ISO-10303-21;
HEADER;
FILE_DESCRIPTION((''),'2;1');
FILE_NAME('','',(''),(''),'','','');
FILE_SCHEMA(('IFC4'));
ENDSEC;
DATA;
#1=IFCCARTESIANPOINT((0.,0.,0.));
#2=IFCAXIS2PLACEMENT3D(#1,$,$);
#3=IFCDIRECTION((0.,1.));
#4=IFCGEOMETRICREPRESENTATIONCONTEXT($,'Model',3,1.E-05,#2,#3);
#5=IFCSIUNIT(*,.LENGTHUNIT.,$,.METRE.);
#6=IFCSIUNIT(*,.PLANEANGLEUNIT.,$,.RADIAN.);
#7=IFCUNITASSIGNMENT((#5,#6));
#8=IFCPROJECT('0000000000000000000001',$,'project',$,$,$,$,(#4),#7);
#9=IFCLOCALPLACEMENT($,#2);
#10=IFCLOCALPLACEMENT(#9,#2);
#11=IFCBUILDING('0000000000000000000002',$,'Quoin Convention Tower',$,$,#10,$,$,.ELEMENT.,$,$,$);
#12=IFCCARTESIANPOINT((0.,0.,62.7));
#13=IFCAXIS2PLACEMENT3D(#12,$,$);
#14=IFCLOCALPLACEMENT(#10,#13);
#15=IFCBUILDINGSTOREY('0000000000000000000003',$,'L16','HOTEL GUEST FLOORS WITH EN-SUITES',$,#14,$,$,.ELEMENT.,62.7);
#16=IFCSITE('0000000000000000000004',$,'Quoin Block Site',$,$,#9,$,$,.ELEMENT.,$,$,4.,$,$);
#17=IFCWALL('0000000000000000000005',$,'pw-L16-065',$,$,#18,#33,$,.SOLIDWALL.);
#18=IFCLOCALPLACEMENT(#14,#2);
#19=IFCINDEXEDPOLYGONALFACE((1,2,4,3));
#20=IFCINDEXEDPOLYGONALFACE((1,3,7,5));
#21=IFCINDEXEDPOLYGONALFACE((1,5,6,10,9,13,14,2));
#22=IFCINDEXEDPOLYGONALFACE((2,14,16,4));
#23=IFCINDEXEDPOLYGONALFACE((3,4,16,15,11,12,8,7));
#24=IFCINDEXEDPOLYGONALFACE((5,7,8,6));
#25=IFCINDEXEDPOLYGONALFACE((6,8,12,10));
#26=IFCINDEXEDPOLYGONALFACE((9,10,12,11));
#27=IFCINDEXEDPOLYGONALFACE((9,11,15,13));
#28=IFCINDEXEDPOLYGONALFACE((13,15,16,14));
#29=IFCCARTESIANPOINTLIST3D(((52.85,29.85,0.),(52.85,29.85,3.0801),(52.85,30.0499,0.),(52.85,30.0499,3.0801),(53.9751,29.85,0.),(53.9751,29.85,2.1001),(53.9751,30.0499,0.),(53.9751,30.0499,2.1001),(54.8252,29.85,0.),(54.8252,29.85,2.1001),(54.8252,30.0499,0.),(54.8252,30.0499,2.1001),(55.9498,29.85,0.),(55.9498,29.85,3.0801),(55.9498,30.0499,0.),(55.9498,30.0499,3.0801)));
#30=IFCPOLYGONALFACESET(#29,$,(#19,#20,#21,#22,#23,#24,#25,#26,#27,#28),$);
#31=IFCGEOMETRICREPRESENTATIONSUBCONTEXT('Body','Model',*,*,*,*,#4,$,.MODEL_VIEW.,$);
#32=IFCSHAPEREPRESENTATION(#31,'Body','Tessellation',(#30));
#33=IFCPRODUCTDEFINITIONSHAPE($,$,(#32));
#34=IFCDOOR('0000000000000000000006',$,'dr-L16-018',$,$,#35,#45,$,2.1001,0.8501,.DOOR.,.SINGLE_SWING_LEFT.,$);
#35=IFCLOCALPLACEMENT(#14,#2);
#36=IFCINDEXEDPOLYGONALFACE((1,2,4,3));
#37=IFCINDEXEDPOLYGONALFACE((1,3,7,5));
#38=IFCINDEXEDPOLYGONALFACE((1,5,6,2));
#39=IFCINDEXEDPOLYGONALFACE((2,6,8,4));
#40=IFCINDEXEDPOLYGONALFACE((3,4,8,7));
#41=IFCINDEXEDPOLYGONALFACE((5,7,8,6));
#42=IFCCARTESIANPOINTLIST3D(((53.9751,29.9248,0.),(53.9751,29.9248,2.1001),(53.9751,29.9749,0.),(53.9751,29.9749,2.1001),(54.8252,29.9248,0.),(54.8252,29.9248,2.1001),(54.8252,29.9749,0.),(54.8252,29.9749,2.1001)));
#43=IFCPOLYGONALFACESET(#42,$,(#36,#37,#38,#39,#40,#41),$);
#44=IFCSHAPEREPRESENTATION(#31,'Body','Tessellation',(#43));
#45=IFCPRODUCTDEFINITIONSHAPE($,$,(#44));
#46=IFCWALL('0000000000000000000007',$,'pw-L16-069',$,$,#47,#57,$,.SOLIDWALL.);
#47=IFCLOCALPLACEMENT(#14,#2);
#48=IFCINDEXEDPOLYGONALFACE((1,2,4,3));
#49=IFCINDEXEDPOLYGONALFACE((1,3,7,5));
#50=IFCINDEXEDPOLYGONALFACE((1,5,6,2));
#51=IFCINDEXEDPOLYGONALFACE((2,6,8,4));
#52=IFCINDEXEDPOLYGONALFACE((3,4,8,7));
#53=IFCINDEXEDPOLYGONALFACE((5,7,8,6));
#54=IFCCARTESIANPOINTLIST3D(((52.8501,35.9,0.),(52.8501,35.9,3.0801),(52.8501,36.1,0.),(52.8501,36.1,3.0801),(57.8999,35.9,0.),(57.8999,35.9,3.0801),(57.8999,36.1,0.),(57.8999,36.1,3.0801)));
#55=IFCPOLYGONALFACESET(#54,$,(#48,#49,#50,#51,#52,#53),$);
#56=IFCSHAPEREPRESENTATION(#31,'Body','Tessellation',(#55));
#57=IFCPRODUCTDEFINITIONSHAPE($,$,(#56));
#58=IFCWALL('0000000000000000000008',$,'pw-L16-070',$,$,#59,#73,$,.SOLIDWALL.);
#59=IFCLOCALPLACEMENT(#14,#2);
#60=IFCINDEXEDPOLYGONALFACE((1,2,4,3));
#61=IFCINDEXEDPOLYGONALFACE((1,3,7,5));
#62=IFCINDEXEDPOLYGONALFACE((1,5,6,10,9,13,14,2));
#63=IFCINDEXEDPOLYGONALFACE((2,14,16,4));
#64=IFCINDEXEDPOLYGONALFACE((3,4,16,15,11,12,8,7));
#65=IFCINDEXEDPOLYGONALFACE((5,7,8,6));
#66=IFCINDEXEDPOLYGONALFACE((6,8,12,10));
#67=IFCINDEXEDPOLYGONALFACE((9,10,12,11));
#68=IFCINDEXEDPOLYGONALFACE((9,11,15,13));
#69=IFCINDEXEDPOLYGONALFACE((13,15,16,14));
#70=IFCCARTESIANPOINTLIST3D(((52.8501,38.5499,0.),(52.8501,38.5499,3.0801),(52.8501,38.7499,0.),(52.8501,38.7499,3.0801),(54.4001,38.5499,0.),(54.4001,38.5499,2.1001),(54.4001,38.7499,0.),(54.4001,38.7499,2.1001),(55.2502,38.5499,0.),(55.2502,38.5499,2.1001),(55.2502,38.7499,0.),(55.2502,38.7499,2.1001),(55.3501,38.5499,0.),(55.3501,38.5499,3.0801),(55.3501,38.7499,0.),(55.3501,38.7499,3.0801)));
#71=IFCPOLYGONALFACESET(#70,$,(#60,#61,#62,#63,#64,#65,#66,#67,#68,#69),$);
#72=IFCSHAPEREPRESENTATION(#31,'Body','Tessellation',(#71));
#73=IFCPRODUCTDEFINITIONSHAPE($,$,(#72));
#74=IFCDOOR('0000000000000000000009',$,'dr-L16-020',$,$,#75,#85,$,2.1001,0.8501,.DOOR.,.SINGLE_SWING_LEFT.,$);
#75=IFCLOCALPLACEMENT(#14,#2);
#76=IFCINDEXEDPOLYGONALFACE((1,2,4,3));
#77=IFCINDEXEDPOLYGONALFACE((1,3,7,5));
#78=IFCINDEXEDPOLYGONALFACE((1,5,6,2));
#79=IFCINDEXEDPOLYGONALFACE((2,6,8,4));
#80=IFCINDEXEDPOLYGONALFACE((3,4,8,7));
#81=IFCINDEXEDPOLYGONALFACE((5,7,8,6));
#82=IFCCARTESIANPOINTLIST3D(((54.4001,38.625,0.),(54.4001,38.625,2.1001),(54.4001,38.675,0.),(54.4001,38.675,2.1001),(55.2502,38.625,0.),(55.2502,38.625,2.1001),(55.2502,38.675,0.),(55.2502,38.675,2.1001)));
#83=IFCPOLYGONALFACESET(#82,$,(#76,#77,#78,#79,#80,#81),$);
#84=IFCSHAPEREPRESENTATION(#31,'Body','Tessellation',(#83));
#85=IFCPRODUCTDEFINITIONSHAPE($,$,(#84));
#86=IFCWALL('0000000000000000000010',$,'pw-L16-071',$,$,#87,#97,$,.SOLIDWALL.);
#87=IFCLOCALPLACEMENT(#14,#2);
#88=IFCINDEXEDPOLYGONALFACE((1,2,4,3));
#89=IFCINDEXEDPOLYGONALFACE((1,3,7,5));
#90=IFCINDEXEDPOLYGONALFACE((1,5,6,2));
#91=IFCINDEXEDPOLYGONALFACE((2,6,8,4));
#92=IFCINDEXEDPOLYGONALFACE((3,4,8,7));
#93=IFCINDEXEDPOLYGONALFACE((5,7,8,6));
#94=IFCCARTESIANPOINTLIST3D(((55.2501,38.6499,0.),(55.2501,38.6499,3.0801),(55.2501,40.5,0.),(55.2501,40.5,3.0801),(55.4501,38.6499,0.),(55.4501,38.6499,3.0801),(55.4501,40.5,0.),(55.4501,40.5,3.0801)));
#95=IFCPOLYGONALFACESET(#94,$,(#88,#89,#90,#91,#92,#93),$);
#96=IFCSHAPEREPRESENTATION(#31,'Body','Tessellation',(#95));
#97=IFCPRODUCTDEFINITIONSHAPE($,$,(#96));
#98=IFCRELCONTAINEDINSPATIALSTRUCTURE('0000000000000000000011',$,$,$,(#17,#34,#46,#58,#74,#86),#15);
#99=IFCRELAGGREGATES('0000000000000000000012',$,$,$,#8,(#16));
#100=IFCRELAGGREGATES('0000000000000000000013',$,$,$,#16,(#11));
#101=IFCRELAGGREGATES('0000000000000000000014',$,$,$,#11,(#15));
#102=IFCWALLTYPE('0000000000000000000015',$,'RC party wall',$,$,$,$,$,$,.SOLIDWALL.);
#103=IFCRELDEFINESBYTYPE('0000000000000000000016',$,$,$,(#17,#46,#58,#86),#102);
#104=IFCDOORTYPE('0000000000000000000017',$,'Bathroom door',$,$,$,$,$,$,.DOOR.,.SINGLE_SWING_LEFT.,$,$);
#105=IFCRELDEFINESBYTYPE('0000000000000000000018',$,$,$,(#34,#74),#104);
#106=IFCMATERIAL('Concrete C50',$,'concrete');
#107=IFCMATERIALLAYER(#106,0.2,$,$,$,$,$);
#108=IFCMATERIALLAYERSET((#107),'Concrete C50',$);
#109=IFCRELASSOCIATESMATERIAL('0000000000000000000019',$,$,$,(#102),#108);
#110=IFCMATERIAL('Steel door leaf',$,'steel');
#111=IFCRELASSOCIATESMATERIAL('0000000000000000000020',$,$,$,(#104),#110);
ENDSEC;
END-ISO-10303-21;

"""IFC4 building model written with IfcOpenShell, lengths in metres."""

from ifc_helpers import new_model, si_unit, direction, frame, frame_2d, origin, place, context, subcontext, project, spatial, rectangle, extrude, material, layer, layer_set, type_object, element, fill, save


model = new_model("IFC4")

# Units and contexts
model_context = context("Model", 3, precision=1e-05, world=origin(), true_north=direction((0.0, 1.0)))
body_context = subcontext(model_context, "Body", "Model", "MODEL_VIEW")
ifc_project = project(units=[si_unit("LENGTHUNIT", "METRE"), si_unit("PLANEANGLEUNIT", "RADIAN")], contexts=[model_context])

# Site, building, storey
site_placement = place(None, origin())
site = spatial("IfcSite", under=ifc_project, at=site_placement, Name="Quoin Block Site", CompositionType="ELEMENT", RefElevation=4.0)
building_placement = place(site_placement, origin())
building = spatial("IfcBuilding", under=site, at=building_placement, Name="Quoin Convention Tower", CompositionType="ELEMENT")
storey_placement = place(building_placement, frame((0.0, 0.0, 62.7)))
storey = spatial("IfcBuildingStorey", under=building, at=storey_placement, Name="L16", Description="HOTEL GUEST FLOORS WITH EN-SUITES", CompositionType="ELEMENT", Elevation=62.7)

# Wall, opening, door
ifc_material_1 = material(Name="Concrete C50", Category="concrete")
ifc_layer_1 = layer(ifc_material_1, 0.2)
ifc_layer_set_1 = layer_set([ifc_layer_1], Name="Concrete C50")
wall_type_1 = type_object("IfcWallType", Name="RC party wall", PredefinedType="SOLIDWALL", material=ifc_layer_set_1)
wall_1_placement = place(storey_placement, frame((52.8501, 29.95, 0.0), z_axis=(0.0, 0.0, 1.0), x_axis=(1.0, 0.0, 0.0)))
wall_1 = element("IfcWall", 1, at=wall_1_placement, inside=storey, type_object=wall_type_1, Name="pw-L16-065", PredefinedType="SOLIDWALL", context=body_context, shape_type="SweptSolid", body=[
    extrude(rectangle(XDim=3.0999, YDim=0.2, at=frame_2d((1.5498, 0.0))), origin(), (0.0, 0.0, 1.0), 3.0801),
])
opening_1_placement = place(wall_1_placement, frame((1.125, 0.0, 0.0)))
opening_1 = element("IfcOpeningElement", 2, at=opening_1_placement, cuts=wall_1, PredefinedType="OPENING", context=body_context, shape_type="SweptSolid", body=[
    extrude(rectangle(XDim=0.8501, YDim=2.1001, at=frame_2d((0.425, 1.05))), frame((0.0, 0.1099, 0.0), z_axis=(0.0, -1.0, 0.0), x_axis=(1.0, 0.0, 0.0)), (0.0, 0.0, 1.0), 0.22),
])
ifc_material_2 = material(Name="Steel door leaf", Category="steel")
door_type = type_object("IfcDoorType", Name="Bathroom door", OperationType="SINGLE_SWING_LEFT", PredefinedType="DOOR", material=ifc_material_2)
door_1_placement = place(opening_1_placement, origin())
door_1 = element("IfcDoor", 3, at=door_1_placement, inside=storey, type_object=door_type, Name="dr-L16-018", OperationType="SINGLE_SWING_LEFT", OverallHeight=2.1001, OverallWidth=0.8501, PredefinedType="DOOR", context=body_context, shape_type="SweptSolid", body=[
    extrude(rectangle(XDim=0.8501, YDim=2.1001, at=frame_2d((0.425, 1.05))), frame((0.0, 0.0249, 0.0), z_axis=(0.0, -1.0, 0.0), x_axis=(1.0, 0.0, 0.0)), (0.0, 0.0, 1.0), 0.05),
])
fill(opening_1, door_1)

# Wall
wall_2_placement = place(storey_placement, frame((52.8501, 36.0, 0.0), z_axis=(0.0, 0.0, 1.0), x_axis=(1.0, 0.0, 0.0)))
element("IfcWall", 4, at=wall_2_placement, inside=storey, type_object=wall_type_1, Name="pw-L16-069", PredefinedType="SOLIDWALL", context=body_context, shape_type="SweptSolid", body=[
    extrude(rectangle(XDim=5.0498, YDim=0.2, at=frame_2d((2.5249, 0.0))), origin(), (0.0, 0.0, 1.0), 3.0801),
])

# Wall, opening, door
wall_3_placement = place(storey_placement, frame((52.8501, 38.6499, 0.0), z_axis=(0.0, 0.0, 1.0), x_axis=(1.0, 0.0, 0.0)))
wall_3 = element("IfcWall", 5, at=wall_3_placement, inside=storey, type_object=wall_type_1, Name="pw-L16-070", PredefinedType="SOLIDWALL", context=body_context, shape_type="SweptSolid", body=[
    extrude(rectangle(XDim=2.5, YDim=0.2, at=frame_2d((1.25, 0.0))), origin(), (0.0, 0.0, 1.0), 3.0801),
])
opening_2_placement = place(wall_3_placement, frame((1.55, 0.0, 0.0)))
opening_2 = element("IfcOpeningElement", 6, at=opening_2_placement, cuts=wall_3, PredefinedType="OPENING", context=body_context, shape_type="SweptSolid", body=[
    extrude(rectangle(XDim=0.8501, YDim=2.1001, at=frame_2d((0.425, 1.05))), frame((0.0, 0.1099, 0.0), z_axis=(0.0, -1.0, 0.0), x_axis=(1.0, 0.0, 0.0)), (0.0, 0.0, 1.0), 0.22),
])
door_2_placement = place(opening_2_placement, frame((0.8501, 0.0, 0.0), z_axis=(0.0, 0.0, 1.0), x_axis=(-1.0, 0.0, 0.0)))
door_2 = element("IfcDoor", 7, at=door_2_placement, inside=storey, type_object=door_type, Name="dr-L16-020", OperationType="SINGLE_SWING_LEFT", OverallHeight=2.1001, OverallWidth=0.8501, PredefinedType="DOOR", context=body_context, shape_type="SweptSolid", body=[
    extrude(rectangle(XDim=0.8501, YDim=2.1001, at=frame_2d((0.425, 1.05))), frame((0.0, 0.0249, 0.0), z_axis=(0.0, -1.0, 0.0), x_axis=(1.0, 0.0, 0.0)), (0.0, 0.0, 1.0), 0.05),
])
fill(opening_2, door_2)

# Wall
wall_4_placement = place(storey_placement, frame((55.3501, 38.6499, 0.0), z_axis=(0.0, 0.0, 1.0), x_axis=(0.0, 1.0, 0.0)))
element("IfcWall", 8, at=wall_4_placement, inside=storey, type_object=wall_type_1, Name="pw-L16-071", PredefinedType="SOLIDWALL", context=body_context, shape_type="SweptSolid", body=[
    extrude(rectangle(XDim=1.8501, YDim=0.2, at=frame_2d((0.925, 0.0))), origin(), (0.0, 0.0, 1.0), 3.0801),
])

save(model, "model.ifc")
